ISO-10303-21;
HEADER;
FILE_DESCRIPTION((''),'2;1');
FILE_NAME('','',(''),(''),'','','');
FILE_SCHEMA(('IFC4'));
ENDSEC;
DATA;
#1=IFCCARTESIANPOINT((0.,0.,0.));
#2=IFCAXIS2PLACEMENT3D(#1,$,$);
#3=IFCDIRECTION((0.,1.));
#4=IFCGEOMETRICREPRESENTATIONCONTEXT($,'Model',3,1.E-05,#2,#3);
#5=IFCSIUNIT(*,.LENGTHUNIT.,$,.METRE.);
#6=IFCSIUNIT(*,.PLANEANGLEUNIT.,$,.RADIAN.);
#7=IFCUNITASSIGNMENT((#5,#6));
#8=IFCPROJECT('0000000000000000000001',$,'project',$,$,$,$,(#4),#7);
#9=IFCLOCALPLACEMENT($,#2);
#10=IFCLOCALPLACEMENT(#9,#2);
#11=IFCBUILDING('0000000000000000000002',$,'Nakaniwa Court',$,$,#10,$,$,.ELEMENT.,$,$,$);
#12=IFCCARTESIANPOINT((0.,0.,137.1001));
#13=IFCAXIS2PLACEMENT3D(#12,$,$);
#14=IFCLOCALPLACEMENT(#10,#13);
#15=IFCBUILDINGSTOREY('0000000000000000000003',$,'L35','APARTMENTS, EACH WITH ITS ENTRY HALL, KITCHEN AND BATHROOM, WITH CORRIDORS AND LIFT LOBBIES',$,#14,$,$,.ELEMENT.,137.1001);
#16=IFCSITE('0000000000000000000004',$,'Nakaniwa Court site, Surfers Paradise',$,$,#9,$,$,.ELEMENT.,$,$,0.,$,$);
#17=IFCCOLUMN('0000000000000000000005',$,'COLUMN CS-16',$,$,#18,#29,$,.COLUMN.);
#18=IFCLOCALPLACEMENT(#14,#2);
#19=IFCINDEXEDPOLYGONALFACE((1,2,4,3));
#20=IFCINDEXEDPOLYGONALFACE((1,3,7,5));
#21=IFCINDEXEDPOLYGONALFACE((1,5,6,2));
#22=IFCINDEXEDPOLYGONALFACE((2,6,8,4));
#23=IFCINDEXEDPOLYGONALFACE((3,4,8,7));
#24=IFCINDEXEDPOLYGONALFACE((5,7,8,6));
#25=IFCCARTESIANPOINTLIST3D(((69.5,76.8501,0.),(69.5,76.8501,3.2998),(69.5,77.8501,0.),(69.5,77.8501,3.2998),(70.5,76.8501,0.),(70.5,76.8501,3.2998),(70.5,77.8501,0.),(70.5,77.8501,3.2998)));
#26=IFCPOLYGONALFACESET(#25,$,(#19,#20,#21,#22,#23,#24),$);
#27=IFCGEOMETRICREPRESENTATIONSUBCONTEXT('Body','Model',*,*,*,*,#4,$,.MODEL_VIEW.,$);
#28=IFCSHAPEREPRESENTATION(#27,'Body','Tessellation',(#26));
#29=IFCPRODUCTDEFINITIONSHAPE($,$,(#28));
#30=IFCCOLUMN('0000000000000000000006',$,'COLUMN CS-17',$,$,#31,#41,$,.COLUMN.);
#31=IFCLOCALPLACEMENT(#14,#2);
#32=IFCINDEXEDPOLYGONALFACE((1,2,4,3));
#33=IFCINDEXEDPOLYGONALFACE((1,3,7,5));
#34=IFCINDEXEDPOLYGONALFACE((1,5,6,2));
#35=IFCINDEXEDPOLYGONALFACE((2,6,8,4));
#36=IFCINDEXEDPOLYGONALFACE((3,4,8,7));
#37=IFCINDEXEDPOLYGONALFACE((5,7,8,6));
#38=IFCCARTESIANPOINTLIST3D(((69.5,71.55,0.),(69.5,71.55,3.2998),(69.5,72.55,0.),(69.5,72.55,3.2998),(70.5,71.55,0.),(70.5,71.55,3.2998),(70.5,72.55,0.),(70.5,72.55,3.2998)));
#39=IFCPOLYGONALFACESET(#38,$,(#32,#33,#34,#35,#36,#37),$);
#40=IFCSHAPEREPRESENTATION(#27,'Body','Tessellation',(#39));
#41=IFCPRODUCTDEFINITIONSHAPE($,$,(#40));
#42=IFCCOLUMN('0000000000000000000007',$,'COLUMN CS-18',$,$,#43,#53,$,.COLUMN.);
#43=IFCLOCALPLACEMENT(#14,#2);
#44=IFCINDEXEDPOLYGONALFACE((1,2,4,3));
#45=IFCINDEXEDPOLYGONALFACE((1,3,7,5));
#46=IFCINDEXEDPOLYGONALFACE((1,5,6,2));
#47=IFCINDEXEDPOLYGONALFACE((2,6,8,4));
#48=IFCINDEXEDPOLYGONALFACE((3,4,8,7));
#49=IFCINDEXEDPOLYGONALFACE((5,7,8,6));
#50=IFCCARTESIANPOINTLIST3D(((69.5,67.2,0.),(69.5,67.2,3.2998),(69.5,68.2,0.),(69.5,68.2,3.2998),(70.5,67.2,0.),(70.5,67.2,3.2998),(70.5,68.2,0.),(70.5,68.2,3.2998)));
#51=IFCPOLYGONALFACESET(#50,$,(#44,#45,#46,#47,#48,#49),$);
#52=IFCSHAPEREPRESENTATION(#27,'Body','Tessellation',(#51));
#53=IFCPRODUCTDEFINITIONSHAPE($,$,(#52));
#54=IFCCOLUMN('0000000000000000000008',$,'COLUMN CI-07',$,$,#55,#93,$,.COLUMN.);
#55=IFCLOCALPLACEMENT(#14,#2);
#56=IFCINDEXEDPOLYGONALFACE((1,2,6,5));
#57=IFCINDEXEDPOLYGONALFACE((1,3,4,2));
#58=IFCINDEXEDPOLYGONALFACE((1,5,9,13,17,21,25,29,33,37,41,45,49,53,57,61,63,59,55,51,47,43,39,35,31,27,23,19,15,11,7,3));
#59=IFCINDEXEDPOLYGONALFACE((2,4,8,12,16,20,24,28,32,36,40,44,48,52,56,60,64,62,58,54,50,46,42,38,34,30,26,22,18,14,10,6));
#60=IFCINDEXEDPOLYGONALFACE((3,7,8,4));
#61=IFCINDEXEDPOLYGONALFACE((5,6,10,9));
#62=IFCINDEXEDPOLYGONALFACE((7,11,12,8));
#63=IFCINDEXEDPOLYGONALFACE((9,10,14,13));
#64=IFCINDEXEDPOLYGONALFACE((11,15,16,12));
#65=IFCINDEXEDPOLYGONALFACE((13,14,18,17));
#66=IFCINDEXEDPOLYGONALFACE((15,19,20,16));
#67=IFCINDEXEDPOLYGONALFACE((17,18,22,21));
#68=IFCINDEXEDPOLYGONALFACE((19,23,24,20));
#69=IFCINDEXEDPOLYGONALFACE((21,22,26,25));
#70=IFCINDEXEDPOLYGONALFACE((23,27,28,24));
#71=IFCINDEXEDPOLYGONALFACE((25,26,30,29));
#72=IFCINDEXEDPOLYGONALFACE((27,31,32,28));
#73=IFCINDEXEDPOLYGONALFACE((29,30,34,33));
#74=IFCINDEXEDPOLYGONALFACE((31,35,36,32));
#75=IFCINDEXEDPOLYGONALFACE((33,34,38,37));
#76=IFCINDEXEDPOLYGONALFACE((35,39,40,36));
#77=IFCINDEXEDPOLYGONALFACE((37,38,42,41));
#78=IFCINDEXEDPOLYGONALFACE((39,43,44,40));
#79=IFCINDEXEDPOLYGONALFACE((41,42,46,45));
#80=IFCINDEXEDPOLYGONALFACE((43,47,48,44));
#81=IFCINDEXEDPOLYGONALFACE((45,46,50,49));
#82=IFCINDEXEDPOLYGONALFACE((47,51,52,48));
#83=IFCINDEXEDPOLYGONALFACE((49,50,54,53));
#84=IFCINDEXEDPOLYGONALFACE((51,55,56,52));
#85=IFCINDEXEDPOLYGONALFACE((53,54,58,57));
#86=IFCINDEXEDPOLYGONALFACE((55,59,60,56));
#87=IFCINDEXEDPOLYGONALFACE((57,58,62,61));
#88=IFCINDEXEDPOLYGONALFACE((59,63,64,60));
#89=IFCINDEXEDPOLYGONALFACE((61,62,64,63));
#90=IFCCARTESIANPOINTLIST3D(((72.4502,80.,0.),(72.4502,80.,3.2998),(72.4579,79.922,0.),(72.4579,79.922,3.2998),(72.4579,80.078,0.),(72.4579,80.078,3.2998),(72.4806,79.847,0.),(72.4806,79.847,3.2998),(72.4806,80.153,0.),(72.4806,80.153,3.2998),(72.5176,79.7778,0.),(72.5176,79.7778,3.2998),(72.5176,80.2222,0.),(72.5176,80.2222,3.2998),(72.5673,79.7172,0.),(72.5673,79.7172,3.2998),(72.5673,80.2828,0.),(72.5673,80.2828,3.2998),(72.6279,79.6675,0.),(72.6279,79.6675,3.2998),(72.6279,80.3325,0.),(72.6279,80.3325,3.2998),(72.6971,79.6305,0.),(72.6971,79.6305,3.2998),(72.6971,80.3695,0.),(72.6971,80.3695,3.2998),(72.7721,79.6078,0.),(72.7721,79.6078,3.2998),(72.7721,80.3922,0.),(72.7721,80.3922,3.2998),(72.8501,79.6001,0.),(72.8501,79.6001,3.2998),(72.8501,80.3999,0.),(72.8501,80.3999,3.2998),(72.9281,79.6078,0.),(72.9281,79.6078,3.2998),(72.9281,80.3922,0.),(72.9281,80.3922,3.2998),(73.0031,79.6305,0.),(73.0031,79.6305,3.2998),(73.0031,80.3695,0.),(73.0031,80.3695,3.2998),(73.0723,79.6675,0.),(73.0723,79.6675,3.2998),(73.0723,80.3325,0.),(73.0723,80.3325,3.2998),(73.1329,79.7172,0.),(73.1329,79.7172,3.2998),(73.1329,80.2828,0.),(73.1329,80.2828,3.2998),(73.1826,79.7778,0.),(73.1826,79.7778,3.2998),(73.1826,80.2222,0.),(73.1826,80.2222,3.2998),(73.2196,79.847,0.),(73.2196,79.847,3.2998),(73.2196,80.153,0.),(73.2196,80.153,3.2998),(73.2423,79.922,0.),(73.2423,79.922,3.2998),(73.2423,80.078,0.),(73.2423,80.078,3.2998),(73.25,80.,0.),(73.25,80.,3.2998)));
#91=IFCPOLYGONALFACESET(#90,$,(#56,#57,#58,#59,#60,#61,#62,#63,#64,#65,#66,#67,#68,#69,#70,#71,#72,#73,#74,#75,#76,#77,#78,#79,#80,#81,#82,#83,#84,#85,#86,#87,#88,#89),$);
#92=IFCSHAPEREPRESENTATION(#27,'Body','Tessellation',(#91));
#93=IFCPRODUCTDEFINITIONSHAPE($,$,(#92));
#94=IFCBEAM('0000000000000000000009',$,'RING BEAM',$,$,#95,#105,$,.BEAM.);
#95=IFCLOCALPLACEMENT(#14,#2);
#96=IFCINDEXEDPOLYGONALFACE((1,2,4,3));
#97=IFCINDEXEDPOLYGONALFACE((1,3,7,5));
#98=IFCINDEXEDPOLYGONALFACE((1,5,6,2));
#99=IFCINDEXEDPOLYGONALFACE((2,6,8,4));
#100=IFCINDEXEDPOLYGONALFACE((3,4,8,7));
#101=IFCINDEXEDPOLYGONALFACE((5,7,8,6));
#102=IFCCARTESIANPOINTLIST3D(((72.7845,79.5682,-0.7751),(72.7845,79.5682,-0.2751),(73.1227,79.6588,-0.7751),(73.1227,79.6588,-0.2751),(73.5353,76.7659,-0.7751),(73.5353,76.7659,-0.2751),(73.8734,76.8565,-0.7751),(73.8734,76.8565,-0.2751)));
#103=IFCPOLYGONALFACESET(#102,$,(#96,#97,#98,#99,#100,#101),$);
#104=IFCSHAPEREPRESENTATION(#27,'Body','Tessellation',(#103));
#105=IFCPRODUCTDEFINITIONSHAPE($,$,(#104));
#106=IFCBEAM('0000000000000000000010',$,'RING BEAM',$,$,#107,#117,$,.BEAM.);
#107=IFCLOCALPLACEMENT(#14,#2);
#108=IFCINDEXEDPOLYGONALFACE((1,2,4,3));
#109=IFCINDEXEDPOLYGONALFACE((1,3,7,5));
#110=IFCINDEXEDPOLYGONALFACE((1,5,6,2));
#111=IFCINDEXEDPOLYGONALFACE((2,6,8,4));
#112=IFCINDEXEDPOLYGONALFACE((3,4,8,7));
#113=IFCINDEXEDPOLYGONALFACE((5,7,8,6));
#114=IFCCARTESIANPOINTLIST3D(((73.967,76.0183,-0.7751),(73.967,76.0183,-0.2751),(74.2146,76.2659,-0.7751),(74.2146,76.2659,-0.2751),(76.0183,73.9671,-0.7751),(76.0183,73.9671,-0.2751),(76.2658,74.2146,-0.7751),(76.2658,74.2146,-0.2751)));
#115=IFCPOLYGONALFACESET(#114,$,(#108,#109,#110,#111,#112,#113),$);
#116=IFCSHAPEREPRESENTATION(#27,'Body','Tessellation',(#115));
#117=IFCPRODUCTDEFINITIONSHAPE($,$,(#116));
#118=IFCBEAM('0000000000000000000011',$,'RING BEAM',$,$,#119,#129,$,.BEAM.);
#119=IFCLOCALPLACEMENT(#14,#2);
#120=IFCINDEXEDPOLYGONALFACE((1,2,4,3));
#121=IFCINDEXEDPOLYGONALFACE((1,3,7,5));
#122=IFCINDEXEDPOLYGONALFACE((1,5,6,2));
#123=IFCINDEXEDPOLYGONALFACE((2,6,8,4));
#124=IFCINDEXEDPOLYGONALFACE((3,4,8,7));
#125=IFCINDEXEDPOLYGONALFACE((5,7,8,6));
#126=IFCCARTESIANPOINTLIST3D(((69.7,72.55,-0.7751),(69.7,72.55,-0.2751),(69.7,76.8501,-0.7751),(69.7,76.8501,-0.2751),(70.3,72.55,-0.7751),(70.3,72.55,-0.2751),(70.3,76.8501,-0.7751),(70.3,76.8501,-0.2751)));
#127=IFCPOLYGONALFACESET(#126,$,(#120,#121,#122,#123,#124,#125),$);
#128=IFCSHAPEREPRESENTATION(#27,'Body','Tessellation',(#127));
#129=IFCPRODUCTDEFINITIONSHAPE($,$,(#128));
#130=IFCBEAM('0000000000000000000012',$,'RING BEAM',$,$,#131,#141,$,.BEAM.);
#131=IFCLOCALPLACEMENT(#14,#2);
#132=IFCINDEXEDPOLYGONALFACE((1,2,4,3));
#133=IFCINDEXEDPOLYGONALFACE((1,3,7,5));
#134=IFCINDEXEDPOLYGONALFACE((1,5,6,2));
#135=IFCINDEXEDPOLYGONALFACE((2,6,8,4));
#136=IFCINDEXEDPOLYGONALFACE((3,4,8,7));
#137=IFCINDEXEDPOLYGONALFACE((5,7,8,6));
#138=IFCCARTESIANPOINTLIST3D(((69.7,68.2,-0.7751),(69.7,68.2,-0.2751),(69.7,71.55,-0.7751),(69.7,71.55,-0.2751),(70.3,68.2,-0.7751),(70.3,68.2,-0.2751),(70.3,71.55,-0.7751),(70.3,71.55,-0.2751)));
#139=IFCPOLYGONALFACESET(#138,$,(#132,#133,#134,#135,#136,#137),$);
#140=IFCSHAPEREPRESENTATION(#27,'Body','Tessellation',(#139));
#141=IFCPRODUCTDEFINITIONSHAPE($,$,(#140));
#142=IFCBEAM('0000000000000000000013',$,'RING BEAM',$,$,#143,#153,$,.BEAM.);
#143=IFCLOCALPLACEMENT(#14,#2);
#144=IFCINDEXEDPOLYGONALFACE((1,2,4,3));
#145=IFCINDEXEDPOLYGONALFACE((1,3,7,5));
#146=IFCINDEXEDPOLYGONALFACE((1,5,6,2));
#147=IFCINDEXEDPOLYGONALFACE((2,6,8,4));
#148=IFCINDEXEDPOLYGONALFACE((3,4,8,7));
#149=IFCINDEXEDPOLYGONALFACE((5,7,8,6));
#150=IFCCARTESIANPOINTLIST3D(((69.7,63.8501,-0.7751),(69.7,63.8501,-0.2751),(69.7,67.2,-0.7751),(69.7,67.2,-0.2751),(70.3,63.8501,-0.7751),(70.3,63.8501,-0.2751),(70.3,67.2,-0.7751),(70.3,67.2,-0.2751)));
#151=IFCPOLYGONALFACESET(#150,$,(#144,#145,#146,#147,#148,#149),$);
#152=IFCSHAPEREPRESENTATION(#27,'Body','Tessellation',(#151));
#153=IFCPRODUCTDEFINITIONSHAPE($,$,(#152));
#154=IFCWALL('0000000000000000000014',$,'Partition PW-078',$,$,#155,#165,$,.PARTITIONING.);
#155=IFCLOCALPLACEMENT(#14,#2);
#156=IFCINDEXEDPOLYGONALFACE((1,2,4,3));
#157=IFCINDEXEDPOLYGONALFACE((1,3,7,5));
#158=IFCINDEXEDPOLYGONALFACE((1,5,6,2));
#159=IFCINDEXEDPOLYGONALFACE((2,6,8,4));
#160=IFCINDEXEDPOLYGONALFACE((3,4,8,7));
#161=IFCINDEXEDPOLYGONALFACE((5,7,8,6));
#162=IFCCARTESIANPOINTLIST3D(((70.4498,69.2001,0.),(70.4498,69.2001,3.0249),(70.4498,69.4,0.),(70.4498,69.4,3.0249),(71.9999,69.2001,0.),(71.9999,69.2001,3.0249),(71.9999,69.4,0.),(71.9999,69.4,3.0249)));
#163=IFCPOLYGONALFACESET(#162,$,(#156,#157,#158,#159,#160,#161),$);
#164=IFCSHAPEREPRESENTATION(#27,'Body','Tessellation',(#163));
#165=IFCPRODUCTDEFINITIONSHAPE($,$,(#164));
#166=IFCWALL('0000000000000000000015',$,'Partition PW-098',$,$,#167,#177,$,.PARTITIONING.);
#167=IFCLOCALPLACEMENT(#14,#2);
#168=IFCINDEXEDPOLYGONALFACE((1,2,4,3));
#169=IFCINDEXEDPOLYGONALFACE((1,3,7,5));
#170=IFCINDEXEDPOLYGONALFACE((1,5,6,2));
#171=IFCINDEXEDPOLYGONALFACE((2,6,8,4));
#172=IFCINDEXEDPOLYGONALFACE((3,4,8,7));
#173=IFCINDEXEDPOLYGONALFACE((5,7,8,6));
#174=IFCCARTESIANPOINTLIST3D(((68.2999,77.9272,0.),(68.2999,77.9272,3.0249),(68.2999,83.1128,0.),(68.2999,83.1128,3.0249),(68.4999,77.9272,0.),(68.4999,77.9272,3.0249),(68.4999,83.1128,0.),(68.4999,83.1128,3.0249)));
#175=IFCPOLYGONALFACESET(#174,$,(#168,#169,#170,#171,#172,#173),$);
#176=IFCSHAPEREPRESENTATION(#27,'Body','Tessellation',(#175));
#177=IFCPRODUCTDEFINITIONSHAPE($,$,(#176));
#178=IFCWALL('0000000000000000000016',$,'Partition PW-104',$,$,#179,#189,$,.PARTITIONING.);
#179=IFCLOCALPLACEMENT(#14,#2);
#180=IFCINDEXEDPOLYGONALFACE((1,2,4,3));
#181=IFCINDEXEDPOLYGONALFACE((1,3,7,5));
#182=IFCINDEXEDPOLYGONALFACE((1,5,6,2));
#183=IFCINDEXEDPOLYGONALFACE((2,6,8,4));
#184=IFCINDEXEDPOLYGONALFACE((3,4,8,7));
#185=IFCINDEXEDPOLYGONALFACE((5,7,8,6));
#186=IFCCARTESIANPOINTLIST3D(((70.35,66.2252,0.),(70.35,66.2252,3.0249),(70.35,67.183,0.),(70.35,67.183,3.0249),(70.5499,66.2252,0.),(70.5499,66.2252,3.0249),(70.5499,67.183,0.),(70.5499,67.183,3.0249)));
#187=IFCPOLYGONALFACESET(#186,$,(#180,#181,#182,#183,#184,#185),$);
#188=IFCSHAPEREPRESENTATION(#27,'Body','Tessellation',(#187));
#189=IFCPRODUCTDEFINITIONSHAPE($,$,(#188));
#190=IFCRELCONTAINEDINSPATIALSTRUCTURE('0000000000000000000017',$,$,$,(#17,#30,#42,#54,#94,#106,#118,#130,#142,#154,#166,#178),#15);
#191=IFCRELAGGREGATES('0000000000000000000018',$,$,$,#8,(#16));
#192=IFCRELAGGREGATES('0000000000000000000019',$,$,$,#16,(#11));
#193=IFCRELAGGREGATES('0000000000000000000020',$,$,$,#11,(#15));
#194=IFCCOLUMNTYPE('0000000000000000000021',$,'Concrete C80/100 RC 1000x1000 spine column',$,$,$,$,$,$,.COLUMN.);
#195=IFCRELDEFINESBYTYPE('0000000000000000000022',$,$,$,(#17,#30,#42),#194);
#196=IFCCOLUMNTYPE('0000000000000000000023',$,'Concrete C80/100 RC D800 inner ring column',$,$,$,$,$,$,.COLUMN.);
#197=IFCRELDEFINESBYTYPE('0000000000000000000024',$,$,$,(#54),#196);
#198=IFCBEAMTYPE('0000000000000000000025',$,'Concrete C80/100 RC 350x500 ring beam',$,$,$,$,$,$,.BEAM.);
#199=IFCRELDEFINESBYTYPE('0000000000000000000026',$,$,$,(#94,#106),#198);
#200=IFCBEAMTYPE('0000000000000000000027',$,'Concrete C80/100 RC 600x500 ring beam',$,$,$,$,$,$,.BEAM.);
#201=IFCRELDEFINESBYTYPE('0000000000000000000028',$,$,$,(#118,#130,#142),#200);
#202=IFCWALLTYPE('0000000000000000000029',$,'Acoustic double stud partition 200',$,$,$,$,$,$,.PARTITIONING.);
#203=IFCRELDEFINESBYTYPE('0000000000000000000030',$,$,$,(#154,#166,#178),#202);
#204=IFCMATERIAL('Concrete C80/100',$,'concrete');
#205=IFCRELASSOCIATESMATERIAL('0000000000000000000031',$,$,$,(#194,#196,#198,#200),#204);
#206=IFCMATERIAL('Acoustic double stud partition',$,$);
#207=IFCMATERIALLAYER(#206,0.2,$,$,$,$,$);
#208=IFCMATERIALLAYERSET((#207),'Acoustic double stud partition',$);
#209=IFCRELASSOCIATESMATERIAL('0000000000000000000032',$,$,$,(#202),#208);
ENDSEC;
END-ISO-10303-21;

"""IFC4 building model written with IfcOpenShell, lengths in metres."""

from ifc_helpers import new_model, si_unit, direction, frame, frame_2d, origin, origin_2d, place, context, subcontext, project, spatial, rectangle, circle, extrude, material, layer, layer_set, material_profile, profile_set, type_object, element, save


model = new_model("IFC4")

# Units and contexts
model_context = context("Model", 3, precision=1e-05, world=origin(), true_north=direction((0.0, 1.0)))
body_context = subcontext(model_context, "Body", "Model", "MODEL_VIEW")
ifc_project = project(units=[si_unit("LENGTHUNIT", "METRE"), si_unit("PLANEANGLEUNIT", "RADIAN")], contexts=[model_context])

# Site, building, storey
site_placement = place(None, origin())
site = spatial("IfcSite", under=ifc_project, at=site_placement, Name="Nakaniwa Court site, Surfers Paradise", CompositionType="ELEMENT", RefElevation=0.0)
building_placement = place(site_placement, origin())
building = spatial("IfcBuilding", under=site, at=building_placement, Name="Nakaniwa Court", CompositionType="ELEMENT")
storey_placement = place(building_placement, frame((0.0, 0.0, 137.1001)))
storey = spatial("IfcBuildingStorey", under=building, at=storey_placement, Name="L35", Description="APARTMENTS, EACH WITH ITS ENTRY HALL, KITCHEN AND BATHROOM, WITH CORRIDORS AND LIFT LOBBIES", CompositionType="ELEMENT", Elevation=137.1001)

# Columns
ifc_material_1 = material(Name="Concrete C80/100", Category="concrete")
ifc_material_profile_1 = material_profile(ifc_material_1, rectangle(XDim=1.0, YDim=1.0, at=origin_2d()), Name="Concrete C80/100 RC 1000x1000 spine column")
ifc_profile_set_1 = profile_set([ifc_material_profile_1], Name="Concrete C80/100")
column_type_1 = type_object("IfcColumnType", Name="Concrete C80/100 RC 1000x1000 spine column", PredefinedType="COLUMN", material=ifc_profile_set_1)
for number, where, z_axis, x_axis, name in (
    (1, (70.0, 77.3501, 0.0), (0.0, 0.0, 1.0), (0.0, -1.0, 0.0), "COLUMN CS-16"),
    (2, (70.0, 72.05, 0.0), (0.0, 0.0, 1.0), (0.0, -1.0, 0.0), "COLUMN CS-17"),
    (3, (70.0, 67.7, 0.0), (0.0, 0.0, 1.0), (0.0, -1.0, 0.0), "COLUMN CS-18"),
):
    element("IfcColumn", number, at=place(storey_placement, frame(where, z_axis=z_axis, x_axis=x_axis)), inside=storey, type_object=column_type_1, Name=name, PredefinedType="COLUMN", context=body_context, shape_type="SweptSolid", body=[
        extrude(rectangle(XDim=1.0, YDim=1.0, at=origin_2d()), origin(), (0.0, 0.0, 1.0), 3.2998),
    ])
ifc_material_profile_2 = material_profile(ifc_material_1, circle(Radius=0.3999, at=origin_2d()), Name="Concrete C80/100 RC D800 inner ring column")
ifc_profile_set_2 = profile_set([ifc_material_profile_2], Name="Concrete C80/100")
column_type_2 = type_object("IfcColumnType", Name="Concrete C80/100 RC D800 inner ring column", PredefinedType="COLUMN", material=ifc_profile_set_2)
for number, where, z_axis, x_axis, name in (
    (4, (72.8501, 80.0, 0.0), (0.0, 0.0, 1.0), (0.0, -1.0, 0.0), "COLUMN CI-07"),
):
    element("IfcColumn", number, at=place(storey_placement, frame(where, z_axis=z_axis, x_axis=x_axis)), inside=storey, type_object=column_type_2, Name=name, PredefinedType="COLUMN", context=body_context, shape_type="SweptSolid", body=[
        extrude(circle(Radius=0.3999, at=origin_2d()), origin(), (0.0, 0.0, 1.0), 3.2998),
    ])

# Beams
ifc_material_profile_3 = material_profile(ifc_material_1, rectangle(XDim=0.3501, YDim=0.5, at=origin_2d()), Name="Concrete C80/100 RC 350x500 ring beam")
ifc_profile_set_3 = profile_set([ifc_material_profile_3], Name="Concrete C80/100")
beam_type_1 = type_object("IfcBeamType", Name="Concrete C80/100 RC 350x500 ring beam", PredefinedType="BEAM", material=ifc_profile_set_3)
beam_1_placement = place(storey_placement, frame((72.9536, 79.6135, -0.5251), z_axis=(0.258778, -0.965937, 0.0), x_axis=(0.965937, 0.258778, 0.0)))
element("IfcBeam", 5, at=beam_1_placement, inside=storey, type_object=beam_type_1, Name="RING BEAM", PredefinedType="BEAM", context=body_context, shape_type="SweptSolid", body=[
    extrude(rectangle(XDim=0.3501, YDim=0.5, at=origin_2d()), origin(), (0.0, 0.0, 1.0), 2.9011),
])
beam_2_placement = place(storey_placement, frame((74.0908, 76.1421, -0.5251), z_axis=(0.707107, -0.707107, 0.0), x_axis=(0.707107, 0.707107, 0.0)))
element("IfcBeam", 6, at=beam_2_placement, inside=storey, type_object=beam_type_1, Name="RING BEAM", PredefinedType="BEAM", context=body_context, shape_type="SweptSolid", body=[
    extrude(rectangle(XDim=0.3501, YDim=0.5, at=origin_2d()), origin(), (0.0, 0.0, 1.0), 2.9009),
])
ifc_material_profile_4 = material_profile(ifc_material_1, rectangle(XDim=0.6001, YDim=0.5, at=origin_2d()), Name="Concrete C80/100 RC 600x500 ring beam")
ifc_profile_set_4 = profile_set([ifc_material_profile_4], Name="Concrete C80/100")
beam_type_2 = type_object("IfcBeamType", Name="Concrete C80/100 RC 600x500 ring beam", PredefinedType="BEAM", material=ifc_profile_set_4)
beam_3_placement = place(storey_placement, frame((70.0, 76.8501, -0.5251), z_axis=(0.0, -1.0, 0.0), x_axis=(1.0, 0.0, 0.0)))
element("IfcBeam", 7, at=beam_3_placement, inside=storey, type_object=beam_type_2, Name="RING BEAM", PredefinedType="BEAM", context=body_context, shape_type="SweptSolid", body=[
    extrude(rectangle(XDim=0.6001, YDim=0.5, at=origin_2d()), origin(), (0.0, 0.0, 1.0), 4.3),
])
beam_4_placement = place(storey_placement, frame((70.0, 71.55, -0.5251), z_axis=(0.0, -1.0, 0.0), x_axis=(1.0, 0.0, 0.0)))
element("IfcBeam", 8, at=beam_4_placement, inside=storey, type_object=beam_type_2, Name="RING BEAM", PredefinedType="BEAM", context=body_context, shape_type="SweptSolid", body=[
    extrude(rectangle(XDim=0.6001, YDim=0.5, at=origin_2d()), origin(), (0.0, 0.0, 1.0), 3.3501),
])
beam_5_placement = place(storey_placement, frame((70.0, 67.2, -0.5251), z_axis=(0.0, -1.0, 0.0), x_axis=(1.0, 0.0, 0.0)))
element("IfcBeam", 9, at=beam_5_placement, inside=storey, type_object=beam_type_2, Name="RING BEAM", PredefinedType="BEAM", context=body_context, shape_type="SweptSolid", body=[
    extrude(rectangle(XDim=0.6001, YDim=0.5, at=origin_2d()), origin(), (0.0, 0.0, 1.0), 3.3499),
])

# Walls
ifc_material_2 = material(Name="Acoustic double stud partition")
ifc_layer_1 = layer(ifc_material_2, 0.2)
ifc_layer_set_1 = layer_set([ifc_layer_1], Name="Acoustic double stud partition")
wall_type_1 = type_object("IfcWallType", Name="Acoustic double stud partition 200", PredefinedType="PARTITIONING", material=ifc_layer_set_1)
wall_1_placement = place(storey_placement, frame((70.45, 69.3, 0.0), z_axis=(0.0, 0.0, 1.0), x_axis=(1.0, 0.0, 0.0)))
element("IfcWall", 10, at=wall_1_placement, inside=storey, type_object=wall_type_1, Name="Partition PW-078", PredefinedType="PARTITIONING", context=body_context, shape_type="SweptSolid", body=[
    extrude(rectangle(XDim=1.55, YDim=0.2, at=frame_2d((0.7749, 0.0))), origin(), (0.0, 0.0, 1.0), 3.0249),
])
wall_2_placement = place(storey_placement, frame((68.3999, 77.9272, 0.0), z_axis=(0.0, 0.0, 1.0), x_axis=(0.0, 1.0, 0.0)))
element("IfcWall", 11, at=wall_2_placement, inside=storey, type_object=wall_type_1, Name="Partition PW-098", PredefinedType="PARTITIONING", context=body_context, shape_type="SweptSolid", body=[
    extrude(rectangle(XDim=5.1855, YDim=0.2, at=frame_2d((2.5928, 0.0))), origin(), (0.0, 0.0, 1.0), 3.0249),
])
wall_3_placement = place(storey_placement, frame((70.45, 66.2251, 0.0), z_axis=(0.0, 0.0, 1.0), x_axis=(0.0, 1.0, 0.0)))
element("IfcWall", 12, at=wall_3_placement, inside=storey, type_object=wall_type_1, Name="Partition PW-104", PredefinedType="PARTITIONING", context=body_context, shape_type="SweptSolid", body=[
    extrude(rectangle(XDim=0.9578, YDim=0.2, at=frame_2d((0.479, 0.0))), origin(), (0.0, 0.0, 1.0), 3.0249),
])

save(model, "model.ifc")
